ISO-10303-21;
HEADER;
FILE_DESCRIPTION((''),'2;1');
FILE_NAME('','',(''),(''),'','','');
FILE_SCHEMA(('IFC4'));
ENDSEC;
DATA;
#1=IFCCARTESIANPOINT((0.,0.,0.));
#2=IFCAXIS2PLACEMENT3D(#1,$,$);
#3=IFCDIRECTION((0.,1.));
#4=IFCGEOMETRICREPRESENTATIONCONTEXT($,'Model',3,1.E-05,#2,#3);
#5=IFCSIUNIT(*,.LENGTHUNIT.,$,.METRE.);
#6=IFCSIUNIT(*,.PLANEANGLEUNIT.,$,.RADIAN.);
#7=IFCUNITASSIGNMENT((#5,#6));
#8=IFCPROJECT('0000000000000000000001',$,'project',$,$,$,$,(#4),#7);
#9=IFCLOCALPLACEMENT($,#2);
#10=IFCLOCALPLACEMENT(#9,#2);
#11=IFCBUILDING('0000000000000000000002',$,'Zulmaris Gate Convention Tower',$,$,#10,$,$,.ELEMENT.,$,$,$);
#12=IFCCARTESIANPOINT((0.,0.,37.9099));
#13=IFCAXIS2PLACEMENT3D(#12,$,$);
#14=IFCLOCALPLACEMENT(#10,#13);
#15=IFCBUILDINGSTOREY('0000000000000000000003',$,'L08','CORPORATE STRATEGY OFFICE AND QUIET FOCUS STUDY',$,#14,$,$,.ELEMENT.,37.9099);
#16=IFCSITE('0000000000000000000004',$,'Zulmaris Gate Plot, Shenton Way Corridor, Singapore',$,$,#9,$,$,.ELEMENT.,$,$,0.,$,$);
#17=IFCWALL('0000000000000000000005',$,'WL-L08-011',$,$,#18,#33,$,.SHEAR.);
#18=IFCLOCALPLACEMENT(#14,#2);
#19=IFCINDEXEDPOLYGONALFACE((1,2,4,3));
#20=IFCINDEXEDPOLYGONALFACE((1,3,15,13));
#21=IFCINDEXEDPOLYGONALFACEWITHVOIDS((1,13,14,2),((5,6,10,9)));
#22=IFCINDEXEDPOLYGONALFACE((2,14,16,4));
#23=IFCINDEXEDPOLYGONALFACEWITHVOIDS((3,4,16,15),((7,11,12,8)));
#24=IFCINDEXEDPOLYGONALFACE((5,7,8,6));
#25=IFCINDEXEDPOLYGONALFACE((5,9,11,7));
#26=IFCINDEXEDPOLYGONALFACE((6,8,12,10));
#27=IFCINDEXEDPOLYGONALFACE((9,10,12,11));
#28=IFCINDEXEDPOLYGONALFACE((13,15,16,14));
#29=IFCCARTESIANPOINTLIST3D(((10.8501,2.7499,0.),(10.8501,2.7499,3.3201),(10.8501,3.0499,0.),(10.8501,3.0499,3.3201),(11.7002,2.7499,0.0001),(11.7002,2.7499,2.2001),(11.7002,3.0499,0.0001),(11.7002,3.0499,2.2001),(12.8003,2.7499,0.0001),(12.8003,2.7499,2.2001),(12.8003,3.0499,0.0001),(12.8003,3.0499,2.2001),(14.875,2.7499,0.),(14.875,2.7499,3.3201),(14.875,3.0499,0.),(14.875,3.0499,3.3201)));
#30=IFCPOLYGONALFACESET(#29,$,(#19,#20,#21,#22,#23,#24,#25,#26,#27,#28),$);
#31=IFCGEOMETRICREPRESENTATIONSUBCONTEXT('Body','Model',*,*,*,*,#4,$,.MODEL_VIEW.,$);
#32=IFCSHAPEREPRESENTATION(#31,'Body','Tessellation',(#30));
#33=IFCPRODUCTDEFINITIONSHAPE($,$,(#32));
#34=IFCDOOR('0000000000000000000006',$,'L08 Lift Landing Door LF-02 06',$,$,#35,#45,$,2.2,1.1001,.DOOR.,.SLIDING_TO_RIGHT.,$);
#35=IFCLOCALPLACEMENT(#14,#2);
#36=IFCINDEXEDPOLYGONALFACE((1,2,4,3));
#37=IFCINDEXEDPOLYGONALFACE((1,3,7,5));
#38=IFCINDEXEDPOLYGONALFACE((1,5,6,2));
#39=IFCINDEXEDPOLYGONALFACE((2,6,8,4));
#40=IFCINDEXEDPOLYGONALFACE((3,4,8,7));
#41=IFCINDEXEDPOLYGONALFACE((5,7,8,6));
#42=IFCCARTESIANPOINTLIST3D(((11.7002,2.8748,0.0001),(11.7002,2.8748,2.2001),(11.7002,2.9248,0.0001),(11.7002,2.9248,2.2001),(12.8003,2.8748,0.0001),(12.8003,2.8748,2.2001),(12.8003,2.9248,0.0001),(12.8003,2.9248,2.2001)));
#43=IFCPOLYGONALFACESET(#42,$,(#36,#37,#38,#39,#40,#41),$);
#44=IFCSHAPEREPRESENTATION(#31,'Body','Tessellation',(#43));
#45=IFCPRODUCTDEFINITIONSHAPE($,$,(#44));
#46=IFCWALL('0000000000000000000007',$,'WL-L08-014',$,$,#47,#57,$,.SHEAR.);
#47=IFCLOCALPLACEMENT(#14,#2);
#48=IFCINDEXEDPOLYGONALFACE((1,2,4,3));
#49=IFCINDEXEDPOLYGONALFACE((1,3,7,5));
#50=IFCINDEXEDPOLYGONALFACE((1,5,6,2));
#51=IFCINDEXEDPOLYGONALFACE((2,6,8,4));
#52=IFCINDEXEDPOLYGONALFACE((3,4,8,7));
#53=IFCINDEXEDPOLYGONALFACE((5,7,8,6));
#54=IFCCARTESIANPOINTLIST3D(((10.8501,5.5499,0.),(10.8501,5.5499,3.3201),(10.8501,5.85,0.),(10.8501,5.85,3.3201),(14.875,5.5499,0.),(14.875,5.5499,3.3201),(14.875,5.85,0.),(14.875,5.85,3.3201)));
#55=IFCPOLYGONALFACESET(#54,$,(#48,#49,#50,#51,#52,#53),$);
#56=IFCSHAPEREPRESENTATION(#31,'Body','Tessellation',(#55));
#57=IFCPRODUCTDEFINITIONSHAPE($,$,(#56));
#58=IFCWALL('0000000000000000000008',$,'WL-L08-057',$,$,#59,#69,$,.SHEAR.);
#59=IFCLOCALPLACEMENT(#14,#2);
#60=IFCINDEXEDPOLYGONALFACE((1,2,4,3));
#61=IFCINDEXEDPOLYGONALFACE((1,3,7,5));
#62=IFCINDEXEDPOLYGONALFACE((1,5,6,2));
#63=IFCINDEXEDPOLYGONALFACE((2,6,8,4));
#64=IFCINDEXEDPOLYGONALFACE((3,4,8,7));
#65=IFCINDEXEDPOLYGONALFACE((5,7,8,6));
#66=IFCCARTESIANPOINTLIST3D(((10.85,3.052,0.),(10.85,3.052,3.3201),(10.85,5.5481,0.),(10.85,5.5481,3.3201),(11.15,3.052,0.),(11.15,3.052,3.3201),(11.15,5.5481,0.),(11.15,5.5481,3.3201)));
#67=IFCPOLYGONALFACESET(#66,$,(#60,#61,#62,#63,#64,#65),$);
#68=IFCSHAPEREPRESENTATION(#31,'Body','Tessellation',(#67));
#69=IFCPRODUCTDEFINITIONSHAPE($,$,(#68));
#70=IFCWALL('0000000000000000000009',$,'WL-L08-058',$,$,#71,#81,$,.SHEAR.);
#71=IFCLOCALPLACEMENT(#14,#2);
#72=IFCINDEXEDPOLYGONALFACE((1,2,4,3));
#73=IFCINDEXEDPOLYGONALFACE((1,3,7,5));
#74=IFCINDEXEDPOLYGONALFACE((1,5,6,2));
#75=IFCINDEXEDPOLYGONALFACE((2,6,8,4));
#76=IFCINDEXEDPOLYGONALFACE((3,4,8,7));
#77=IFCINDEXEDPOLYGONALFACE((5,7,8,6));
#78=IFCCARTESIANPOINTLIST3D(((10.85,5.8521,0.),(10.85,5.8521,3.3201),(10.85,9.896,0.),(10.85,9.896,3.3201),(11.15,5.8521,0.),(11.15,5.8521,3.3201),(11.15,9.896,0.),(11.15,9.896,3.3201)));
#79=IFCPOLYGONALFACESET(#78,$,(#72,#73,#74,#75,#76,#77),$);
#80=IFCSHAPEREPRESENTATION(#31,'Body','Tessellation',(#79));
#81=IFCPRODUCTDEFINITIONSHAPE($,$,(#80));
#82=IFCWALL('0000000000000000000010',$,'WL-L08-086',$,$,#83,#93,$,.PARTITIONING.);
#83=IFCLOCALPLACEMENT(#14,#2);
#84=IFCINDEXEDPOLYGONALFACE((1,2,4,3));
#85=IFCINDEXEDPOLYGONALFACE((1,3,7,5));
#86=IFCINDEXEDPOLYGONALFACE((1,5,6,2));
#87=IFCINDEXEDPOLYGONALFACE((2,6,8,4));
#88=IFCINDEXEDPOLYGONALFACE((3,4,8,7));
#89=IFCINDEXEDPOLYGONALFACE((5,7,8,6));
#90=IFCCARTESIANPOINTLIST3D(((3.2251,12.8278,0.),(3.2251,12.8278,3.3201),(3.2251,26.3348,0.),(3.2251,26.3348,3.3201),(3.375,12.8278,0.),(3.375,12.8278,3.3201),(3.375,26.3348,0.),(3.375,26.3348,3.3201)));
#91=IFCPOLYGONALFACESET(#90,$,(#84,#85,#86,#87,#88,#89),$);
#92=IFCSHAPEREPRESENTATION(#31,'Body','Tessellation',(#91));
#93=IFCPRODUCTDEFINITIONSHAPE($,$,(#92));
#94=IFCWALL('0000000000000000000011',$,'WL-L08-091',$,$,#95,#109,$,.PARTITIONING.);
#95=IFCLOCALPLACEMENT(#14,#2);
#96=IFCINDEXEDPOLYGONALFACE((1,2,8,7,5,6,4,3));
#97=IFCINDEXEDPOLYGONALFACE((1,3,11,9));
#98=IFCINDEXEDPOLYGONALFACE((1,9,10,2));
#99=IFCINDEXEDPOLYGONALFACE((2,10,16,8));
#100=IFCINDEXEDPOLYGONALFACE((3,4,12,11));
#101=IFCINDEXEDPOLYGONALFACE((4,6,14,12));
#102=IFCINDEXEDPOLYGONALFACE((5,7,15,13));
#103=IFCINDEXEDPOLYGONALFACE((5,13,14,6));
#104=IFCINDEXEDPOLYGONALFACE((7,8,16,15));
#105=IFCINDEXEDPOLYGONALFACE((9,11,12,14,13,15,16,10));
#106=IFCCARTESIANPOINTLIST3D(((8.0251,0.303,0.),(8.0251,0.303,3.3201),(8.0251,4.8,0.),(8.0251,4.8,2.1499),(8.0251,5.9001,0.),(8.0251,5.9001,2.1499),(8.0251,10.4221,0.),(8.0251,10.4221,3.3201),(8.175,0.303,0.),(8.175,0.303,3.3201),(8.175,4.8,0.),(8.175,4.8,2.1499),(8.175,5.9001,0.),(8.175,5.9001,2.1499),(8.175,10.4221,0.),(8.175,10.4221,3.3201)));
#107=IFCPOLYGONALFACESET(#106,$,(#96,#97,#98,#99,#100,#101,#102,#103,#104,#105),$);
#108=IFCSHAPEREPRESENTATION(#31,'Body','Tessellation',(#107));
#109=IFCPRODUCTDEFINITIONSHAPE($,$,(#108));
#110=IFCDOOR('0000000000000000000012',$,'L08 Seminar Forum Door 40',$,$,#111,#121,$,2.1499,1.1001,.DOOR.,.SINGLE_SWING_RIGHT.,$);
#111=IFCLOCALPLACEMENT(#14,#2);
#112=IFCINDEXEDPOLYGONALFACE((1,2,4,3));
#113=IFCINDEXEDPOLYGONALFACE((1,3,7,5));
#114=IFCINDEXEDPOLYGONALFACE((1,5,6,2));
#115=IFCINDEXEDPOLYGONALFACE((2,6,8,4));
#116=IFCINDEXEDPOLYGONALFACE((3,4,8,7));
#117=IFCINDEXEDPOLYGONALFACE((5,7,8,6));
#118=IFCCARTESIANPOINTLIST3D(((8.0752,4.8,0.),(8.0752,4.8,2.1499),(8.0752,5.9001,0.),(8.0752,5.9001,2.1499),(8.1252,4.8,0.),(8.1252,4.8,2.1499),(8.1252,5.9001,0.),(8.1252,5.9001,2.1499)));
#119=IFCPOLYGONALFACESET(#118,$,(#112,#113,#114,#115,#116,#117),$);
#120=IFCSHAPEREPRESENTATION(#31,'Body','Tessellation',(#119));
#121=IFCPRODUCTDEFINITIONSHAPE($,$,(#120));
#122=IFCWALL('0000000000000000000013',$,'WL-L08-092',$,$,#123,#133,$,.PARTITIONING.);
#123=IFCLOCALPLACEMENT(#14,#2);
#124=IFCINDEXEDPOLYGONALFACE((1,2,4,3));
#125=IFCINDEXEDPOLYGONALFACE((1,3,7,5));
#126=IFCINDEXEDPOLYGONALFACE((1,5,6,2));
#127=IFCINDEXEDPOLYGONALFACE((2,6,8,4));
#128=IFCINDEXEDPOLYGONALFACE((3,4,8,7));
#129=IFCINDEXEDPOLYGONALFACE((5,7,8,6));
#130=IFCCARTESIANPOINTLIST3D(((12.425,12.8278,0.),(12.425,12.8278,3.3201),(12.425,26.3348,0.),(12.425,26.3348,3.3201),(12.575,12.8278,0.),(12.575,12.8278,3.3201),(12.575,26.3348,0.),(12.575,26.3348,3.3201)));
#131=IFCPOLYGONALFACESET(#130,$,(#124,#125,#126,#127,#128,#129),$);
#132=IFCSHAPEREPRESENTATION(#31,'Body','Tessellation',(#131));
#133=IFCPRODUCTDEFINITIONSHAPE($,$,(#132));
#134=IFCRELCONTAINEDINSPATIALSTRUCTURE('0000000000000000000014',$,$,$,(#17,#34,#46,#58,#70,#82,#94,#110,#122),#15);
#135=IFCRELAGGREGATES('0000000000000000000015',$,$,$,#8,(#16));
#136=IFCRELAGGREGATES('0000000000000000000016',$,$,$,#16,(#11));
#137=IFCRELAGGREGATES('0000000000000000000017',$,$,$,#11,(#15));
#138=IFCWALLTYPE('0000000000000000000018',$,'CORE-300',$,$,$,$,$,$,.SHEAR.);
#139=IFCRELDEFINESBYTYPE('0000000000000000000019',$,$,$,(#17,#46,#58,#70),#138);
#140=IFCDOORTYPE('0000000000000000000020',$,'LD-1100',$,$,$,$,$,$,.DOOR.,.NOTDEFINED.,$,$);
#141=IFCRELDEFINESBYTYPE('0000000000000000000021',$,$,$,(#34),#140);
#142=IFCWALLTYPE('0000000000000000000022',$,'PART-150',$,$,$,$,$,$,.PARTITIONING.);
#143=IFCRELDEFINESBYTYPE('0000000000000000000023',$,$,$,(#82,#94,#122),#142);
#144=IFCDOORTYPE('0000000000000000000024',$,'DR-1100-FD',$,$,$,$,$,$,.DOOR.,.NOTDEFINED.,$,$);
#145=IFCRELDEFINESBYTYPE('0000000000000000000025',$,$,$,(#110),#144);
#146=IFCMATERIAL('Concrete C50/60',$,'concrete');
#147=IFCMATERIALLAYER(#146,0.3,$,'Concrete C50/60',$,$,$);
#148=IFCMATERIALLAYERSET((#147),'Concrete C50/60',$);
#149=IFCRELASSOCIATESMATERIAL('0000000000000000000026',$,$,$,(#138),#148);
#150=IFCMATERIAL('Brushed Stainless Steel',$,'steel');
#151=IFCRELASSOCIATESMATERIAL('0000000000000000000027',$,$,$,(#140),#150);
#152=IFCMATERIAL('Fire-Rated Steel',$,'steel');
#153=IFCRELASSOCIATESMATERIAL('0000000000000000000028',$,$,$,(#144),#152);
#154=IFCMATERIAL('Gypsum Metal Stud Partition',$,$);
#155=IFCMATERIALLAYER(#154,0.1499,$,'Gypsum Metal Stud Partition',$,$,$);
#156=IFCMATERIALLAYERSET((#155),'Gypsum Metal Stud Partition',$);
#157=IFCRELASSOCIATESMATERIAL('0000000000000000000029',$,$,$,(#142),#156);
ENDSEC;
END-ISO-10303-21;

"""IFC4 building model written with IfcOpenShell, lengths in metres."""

from ifc_helpers import new_model, si_unit, direction, frame, frame_2d, origin, place, context, subcontext, project, spatial, rectangle, extrude, material, layer, layer_set, type_object, element, fill, save


model = new_model("IFC4")

# Units and contexts
model_context = context("Model", 3, precision=1e-05, world=origin(), true_north=direction((0.0, 1.0)))
body_context = subcontext(model_context, "Body", "Model", "MODEL_VIEW")
ifc_project = project(units=[si_unit("LENGTHUNIT", "METRE"), si_unit("PLANEANGLEUNIT", "RADIAN")], contexts=[model_context])

# Site, building, storey
site_placement = place(None, origin())
site = spatial("IfcSite", under=ifc_project, at=site_placement, Name="Zulmaris Gate Plot, Shenton Way Corridor, Singapore", CompositionType="ELEMENT", RefElevation=0.0)
building_placement = place(site_placement, origin())
building = spatial("IfcBuilding", under=site, at=building_placement, Name="Zulmaris Gate Convention Tower", CompositionType="ELEMENT")
storey_placement = place(building_placement, frame((0.0, 0.0, 37.9099)))
storey = spatial("IfcBuildingStorey", under=building, at=storey_placement, Name="L08", Description="CORPORATE STRATEGY OFFICE AND QUIET FOCUS STUDY", CompositionType="ELEMENT", Elevation=37.9099)

# Wall, opening, door
ifc_material_1 = material(Name="Concrete C50/60", Category="concrete")
ifc_layer_1 = layer(ifc_material_1, 0.3, Name="Concrete C50/60")
ifc_layer_set_1 = layer_set([ifc_layer_1], Name="Concrete C50/60")
wall_type_1 = type_object("IfcWallType", Name="CORE-300", PredefinedType="SHEAR", material=ifc_layer_set_1)
wall_1_placement = place(storey_placement, frame((10.8501, 2.8999, 0.0), z_axis=(0.0, 0.0, 1.0), x_axis=(1.0, 0.0, 0.0)))
wall_1 = element("IfcWall", 1, at=wall_1_placement, inside=storey, type_object=wall_type_1, Name="WL-L08-011", PredefinedType="SHEAR", context=body_context, shape_type="SweptSolid", body=[
    extrude(rectangle(XDim=4.0249, YDim=0.3, at=frame_2d((2.0125, 0.0))), origin(), (0.0, 0.0, 1.0), 3.3201),
])
opening_1_placement = place(wall_1_placement, frame((0.8501, 0.0, 0.0)))
opening_1 = element("IfcOpeningElement", 2, at=opening_1_placement, cuts=wall_1, PredefinedType="OPENING", context=body_context, shape_type="SweptSolid", body=[
    extrude(rectangle(XDim=1.1001, YDim=2.2, at=frame_2d((0.55, 1.1001))), frame((0.0, 0.1602, 0.0), z_axis=(0.0, -1.0, 0.0), x_axis=(1.0, 0.0, 0.0)), (0.0, 0.0, 1.0), 0.3201),
])
ifc_material_2 = material(Name="Brushed Stainless Steel", Category="steel")
door_type_1 = type_object("IfcDoorType", Name="LD-1100", OperationType="NOTDEFINED", PredefinedType="DOOR", material=ifc_material_2)
door_1_placement = place(opening_1_placement, origin())
door_1 = element("IfcDoor", 3, at=door_1_placement, inside=storey, type_object=door_type_1, Name="L08 Lift Landing Door LF-02 06", OperationType="SLIDING_TO_RIGHT", OverallHeight=2.2, OverallWidth=1.1001, PredefinedType="DOOR", context=body_context, shape_type="SweptSolid", body=[
    extrude(rectangle(XDim=1.1001, YDim=2.2, at=frame_2d((0.55, 1.1001))), frame((0.0, 0.0249, 0.0), z_axis=(0.0, -1.0, 0.0), x_axis=(1.0, 0.0, 0.0)), (0.0, 0.0, 1.0), 0.05),
])
fill(opening_1, door_1)

# Wall
wall_2_placement = place(storey_placement, frame((10.8501, 5.7, 0.0), z_axis=(0.0, 0.0, 1.0), x_axis=(1.0, 0.0, 0.0)))
element("IfcWall", 4, at=wall_2_placement, inside=storey, type_object=wall_type_1, Name="WL-L08-014", PredefinedType="SHEAR", context=body_context, shape_type="SweptSolid", body=[
    extrude(rectangle(XDim=4.0249, YDim=0.3, at=frame_2d((2.0125, 0.0))), origin(), (0.0, 0.0, 1.0), 3.3201),
])

# Shared definitions
ifc_material_3 = material(Name="Fire-Rated Steel", Category="steel")
door_type_2 = type_object("IfcDoorType", Name="DR-1100-FD", OperationType="NOTDEFINED", PredefinedType="DOOR", material=ifc_material_3)

# Walls
wall_3_placement = place(storey_placement, frame((11.0, 3.052, 0.0), z_axis=(0.0, 0.0, 1.0), x_axis=(0.0, 1.0, 0.0)))
element("IfcWall", 5, at=wall_3_placement, inside=storey, type_object=wall_type_1, Name="WL-L08-057", PredefinedType="SHEAR", context=body_context, shape_type="SweptSolid", body=[
    extrude(rectangle(XDim=2.4961, YDim=0.3, at=frame_2d((1.248, 0.0))), origin(), (0.0, 0.0, 1.0), 3.3201),
])
wall_4_placement = place(storey_placement, frame((11.0, 5.8521, 0.0), z_axis=(0.0, 0.0, 1.0), x_axis=(0.0, 1.0, 0.0)))
element("IfcWall", 6, at=wall_4_placement, inside=storey, type_object=wall_type_1, Name="WL-L08-058", PredefinedType="SHEAR", context=body_context, shape_type="SweptSolid", body=[
    extrude(rectangle(XDim=4.0439, YDim=0.3, at=frame_2d((2.022, 0.0))), origin(), (0.0, 0.0, 1.0), 3.3201),
])
ifc_material_4 = material(Name="Gypsum Metal Stud Partition")
ifc_layer_2 = layer(ifc_material_4, 0.1499, Name="Gypsum Metal Stud Partition")
ifc_layer_set_2 = layer_set([ifc_layer_2], Name="Gypsum Metal Stud Partition")
wall_type_2 = type_object("IfcWallType", Name="PART-150", PredefinedType="PARTITIONING", material=ifc_layer_set_2)
wall_5_placement = place(storey_placement, frame((3.3, 12.8279, 0.0), z_axis=(0.0, 0.0, 1.0), x_axis=(0.0, 1.0, 0.0)))
element("IfcWall", 7, at=wall_5_placement, inside=storey, type_object=wall_type_2, Name="WL-L08-086", PredefinedType="PARTITIONING", context=body_context, shape_type="SweptSolid", body=[
    extrude(rectangle(XDim=13.5071, YDim=0.1499, at=frame_2d((6.7534, 0.0))), origin(), (0.0, 0.0, 1.0), 3.3201),
])

# Wall, opening, door
wall_6_placement = place(storey_placement, frame((8.1001, 0.303, 0.0), z_axis=(0.0, 0.0, 1.0), x_axis=(0.0, 1.0, 0.0)))
wall_6 = element("IfcWall", 8, at=wall_6_placement, inside=storey, type_object=wall_type_2, Name="WL-L08-091", PredefinedType="PARTITIONING", context=body_context, shape_type="SweptSolid", body=[
    extrude(rectangle(XDim=10.1191, YDim=0.1499, at=frame_2d((5.0596, 0.0))), origin(), (0.0, 0.0, 1.0), 3.3201),
])
opening_2_placement = place(wall_6_placement, frame((4.4971, 0.0, 0.0)))
opening_2 = element("IfcOpeningElement", 9, at=opening_2_placement, cuts=wall_6, PredefinedType="OPENING", context=body_context, shape_type="SweptSolid", body=[
    extrude(rectangle(XDim=1.1001, YDim=2.1499, at=frame_2d((0.55, 1.075))), frame((0.0, 0.085, 0.0), z_axis=(0.0, -1.0, 0.0), x_axis=(1.0, 0.0, 0.0)), (0.0, 0.0, 1.0), 0.1699),
])
door_2_placement = place(opening_2_placement, origin())
door_2 = element("IfcDoor", 10, at=door_2_placement, inside=storey, type_object=door_type_2, Name="L08 Seminar Forum Door 40", OperationType="SINGLE_SWING_RIGHT", OverallHeight=2.1499, OverallWidth=1.1001, PredefinedType="DOOR", context=body_context, shape_type="SweptSolid", body=[
    extrude(rectangle(XDim=1.1001, YDim=2.1499, at=frame_2d((0.55, 1.075))), frame((0.0, 0.0249, 0.0), z_axis=(0.0, -1.0, 0.0), x_axis=(1.0, 0.0, 0.0)), (0.0, 0.0, 1.0), 0.05),
])
fill(opening_2, door_2)

# Wall
wall_7_placement = place(storey_placement, frame((12.5, 12.8279, 0.0), z_axis=(0.0, 0.0, 1.0), x_axis=(0.0, 1.0, 0.0)))
element("IfcWall", 11, at=wall_7_placement, inside=storey, type_object=wall_type_2, Name="WL-L08-092", PredefinedType="PARTITIONING", context=body_context, shape_type="SweptSolid", body=[
    extrude(rectangle(XDim=13.5071, YDim=0.1499, at=frame_2d((6.7534, 0.0))), origin(), (0.0, 0.0, 1.0), 3.3201),
])

save(model, "model.ifc")
